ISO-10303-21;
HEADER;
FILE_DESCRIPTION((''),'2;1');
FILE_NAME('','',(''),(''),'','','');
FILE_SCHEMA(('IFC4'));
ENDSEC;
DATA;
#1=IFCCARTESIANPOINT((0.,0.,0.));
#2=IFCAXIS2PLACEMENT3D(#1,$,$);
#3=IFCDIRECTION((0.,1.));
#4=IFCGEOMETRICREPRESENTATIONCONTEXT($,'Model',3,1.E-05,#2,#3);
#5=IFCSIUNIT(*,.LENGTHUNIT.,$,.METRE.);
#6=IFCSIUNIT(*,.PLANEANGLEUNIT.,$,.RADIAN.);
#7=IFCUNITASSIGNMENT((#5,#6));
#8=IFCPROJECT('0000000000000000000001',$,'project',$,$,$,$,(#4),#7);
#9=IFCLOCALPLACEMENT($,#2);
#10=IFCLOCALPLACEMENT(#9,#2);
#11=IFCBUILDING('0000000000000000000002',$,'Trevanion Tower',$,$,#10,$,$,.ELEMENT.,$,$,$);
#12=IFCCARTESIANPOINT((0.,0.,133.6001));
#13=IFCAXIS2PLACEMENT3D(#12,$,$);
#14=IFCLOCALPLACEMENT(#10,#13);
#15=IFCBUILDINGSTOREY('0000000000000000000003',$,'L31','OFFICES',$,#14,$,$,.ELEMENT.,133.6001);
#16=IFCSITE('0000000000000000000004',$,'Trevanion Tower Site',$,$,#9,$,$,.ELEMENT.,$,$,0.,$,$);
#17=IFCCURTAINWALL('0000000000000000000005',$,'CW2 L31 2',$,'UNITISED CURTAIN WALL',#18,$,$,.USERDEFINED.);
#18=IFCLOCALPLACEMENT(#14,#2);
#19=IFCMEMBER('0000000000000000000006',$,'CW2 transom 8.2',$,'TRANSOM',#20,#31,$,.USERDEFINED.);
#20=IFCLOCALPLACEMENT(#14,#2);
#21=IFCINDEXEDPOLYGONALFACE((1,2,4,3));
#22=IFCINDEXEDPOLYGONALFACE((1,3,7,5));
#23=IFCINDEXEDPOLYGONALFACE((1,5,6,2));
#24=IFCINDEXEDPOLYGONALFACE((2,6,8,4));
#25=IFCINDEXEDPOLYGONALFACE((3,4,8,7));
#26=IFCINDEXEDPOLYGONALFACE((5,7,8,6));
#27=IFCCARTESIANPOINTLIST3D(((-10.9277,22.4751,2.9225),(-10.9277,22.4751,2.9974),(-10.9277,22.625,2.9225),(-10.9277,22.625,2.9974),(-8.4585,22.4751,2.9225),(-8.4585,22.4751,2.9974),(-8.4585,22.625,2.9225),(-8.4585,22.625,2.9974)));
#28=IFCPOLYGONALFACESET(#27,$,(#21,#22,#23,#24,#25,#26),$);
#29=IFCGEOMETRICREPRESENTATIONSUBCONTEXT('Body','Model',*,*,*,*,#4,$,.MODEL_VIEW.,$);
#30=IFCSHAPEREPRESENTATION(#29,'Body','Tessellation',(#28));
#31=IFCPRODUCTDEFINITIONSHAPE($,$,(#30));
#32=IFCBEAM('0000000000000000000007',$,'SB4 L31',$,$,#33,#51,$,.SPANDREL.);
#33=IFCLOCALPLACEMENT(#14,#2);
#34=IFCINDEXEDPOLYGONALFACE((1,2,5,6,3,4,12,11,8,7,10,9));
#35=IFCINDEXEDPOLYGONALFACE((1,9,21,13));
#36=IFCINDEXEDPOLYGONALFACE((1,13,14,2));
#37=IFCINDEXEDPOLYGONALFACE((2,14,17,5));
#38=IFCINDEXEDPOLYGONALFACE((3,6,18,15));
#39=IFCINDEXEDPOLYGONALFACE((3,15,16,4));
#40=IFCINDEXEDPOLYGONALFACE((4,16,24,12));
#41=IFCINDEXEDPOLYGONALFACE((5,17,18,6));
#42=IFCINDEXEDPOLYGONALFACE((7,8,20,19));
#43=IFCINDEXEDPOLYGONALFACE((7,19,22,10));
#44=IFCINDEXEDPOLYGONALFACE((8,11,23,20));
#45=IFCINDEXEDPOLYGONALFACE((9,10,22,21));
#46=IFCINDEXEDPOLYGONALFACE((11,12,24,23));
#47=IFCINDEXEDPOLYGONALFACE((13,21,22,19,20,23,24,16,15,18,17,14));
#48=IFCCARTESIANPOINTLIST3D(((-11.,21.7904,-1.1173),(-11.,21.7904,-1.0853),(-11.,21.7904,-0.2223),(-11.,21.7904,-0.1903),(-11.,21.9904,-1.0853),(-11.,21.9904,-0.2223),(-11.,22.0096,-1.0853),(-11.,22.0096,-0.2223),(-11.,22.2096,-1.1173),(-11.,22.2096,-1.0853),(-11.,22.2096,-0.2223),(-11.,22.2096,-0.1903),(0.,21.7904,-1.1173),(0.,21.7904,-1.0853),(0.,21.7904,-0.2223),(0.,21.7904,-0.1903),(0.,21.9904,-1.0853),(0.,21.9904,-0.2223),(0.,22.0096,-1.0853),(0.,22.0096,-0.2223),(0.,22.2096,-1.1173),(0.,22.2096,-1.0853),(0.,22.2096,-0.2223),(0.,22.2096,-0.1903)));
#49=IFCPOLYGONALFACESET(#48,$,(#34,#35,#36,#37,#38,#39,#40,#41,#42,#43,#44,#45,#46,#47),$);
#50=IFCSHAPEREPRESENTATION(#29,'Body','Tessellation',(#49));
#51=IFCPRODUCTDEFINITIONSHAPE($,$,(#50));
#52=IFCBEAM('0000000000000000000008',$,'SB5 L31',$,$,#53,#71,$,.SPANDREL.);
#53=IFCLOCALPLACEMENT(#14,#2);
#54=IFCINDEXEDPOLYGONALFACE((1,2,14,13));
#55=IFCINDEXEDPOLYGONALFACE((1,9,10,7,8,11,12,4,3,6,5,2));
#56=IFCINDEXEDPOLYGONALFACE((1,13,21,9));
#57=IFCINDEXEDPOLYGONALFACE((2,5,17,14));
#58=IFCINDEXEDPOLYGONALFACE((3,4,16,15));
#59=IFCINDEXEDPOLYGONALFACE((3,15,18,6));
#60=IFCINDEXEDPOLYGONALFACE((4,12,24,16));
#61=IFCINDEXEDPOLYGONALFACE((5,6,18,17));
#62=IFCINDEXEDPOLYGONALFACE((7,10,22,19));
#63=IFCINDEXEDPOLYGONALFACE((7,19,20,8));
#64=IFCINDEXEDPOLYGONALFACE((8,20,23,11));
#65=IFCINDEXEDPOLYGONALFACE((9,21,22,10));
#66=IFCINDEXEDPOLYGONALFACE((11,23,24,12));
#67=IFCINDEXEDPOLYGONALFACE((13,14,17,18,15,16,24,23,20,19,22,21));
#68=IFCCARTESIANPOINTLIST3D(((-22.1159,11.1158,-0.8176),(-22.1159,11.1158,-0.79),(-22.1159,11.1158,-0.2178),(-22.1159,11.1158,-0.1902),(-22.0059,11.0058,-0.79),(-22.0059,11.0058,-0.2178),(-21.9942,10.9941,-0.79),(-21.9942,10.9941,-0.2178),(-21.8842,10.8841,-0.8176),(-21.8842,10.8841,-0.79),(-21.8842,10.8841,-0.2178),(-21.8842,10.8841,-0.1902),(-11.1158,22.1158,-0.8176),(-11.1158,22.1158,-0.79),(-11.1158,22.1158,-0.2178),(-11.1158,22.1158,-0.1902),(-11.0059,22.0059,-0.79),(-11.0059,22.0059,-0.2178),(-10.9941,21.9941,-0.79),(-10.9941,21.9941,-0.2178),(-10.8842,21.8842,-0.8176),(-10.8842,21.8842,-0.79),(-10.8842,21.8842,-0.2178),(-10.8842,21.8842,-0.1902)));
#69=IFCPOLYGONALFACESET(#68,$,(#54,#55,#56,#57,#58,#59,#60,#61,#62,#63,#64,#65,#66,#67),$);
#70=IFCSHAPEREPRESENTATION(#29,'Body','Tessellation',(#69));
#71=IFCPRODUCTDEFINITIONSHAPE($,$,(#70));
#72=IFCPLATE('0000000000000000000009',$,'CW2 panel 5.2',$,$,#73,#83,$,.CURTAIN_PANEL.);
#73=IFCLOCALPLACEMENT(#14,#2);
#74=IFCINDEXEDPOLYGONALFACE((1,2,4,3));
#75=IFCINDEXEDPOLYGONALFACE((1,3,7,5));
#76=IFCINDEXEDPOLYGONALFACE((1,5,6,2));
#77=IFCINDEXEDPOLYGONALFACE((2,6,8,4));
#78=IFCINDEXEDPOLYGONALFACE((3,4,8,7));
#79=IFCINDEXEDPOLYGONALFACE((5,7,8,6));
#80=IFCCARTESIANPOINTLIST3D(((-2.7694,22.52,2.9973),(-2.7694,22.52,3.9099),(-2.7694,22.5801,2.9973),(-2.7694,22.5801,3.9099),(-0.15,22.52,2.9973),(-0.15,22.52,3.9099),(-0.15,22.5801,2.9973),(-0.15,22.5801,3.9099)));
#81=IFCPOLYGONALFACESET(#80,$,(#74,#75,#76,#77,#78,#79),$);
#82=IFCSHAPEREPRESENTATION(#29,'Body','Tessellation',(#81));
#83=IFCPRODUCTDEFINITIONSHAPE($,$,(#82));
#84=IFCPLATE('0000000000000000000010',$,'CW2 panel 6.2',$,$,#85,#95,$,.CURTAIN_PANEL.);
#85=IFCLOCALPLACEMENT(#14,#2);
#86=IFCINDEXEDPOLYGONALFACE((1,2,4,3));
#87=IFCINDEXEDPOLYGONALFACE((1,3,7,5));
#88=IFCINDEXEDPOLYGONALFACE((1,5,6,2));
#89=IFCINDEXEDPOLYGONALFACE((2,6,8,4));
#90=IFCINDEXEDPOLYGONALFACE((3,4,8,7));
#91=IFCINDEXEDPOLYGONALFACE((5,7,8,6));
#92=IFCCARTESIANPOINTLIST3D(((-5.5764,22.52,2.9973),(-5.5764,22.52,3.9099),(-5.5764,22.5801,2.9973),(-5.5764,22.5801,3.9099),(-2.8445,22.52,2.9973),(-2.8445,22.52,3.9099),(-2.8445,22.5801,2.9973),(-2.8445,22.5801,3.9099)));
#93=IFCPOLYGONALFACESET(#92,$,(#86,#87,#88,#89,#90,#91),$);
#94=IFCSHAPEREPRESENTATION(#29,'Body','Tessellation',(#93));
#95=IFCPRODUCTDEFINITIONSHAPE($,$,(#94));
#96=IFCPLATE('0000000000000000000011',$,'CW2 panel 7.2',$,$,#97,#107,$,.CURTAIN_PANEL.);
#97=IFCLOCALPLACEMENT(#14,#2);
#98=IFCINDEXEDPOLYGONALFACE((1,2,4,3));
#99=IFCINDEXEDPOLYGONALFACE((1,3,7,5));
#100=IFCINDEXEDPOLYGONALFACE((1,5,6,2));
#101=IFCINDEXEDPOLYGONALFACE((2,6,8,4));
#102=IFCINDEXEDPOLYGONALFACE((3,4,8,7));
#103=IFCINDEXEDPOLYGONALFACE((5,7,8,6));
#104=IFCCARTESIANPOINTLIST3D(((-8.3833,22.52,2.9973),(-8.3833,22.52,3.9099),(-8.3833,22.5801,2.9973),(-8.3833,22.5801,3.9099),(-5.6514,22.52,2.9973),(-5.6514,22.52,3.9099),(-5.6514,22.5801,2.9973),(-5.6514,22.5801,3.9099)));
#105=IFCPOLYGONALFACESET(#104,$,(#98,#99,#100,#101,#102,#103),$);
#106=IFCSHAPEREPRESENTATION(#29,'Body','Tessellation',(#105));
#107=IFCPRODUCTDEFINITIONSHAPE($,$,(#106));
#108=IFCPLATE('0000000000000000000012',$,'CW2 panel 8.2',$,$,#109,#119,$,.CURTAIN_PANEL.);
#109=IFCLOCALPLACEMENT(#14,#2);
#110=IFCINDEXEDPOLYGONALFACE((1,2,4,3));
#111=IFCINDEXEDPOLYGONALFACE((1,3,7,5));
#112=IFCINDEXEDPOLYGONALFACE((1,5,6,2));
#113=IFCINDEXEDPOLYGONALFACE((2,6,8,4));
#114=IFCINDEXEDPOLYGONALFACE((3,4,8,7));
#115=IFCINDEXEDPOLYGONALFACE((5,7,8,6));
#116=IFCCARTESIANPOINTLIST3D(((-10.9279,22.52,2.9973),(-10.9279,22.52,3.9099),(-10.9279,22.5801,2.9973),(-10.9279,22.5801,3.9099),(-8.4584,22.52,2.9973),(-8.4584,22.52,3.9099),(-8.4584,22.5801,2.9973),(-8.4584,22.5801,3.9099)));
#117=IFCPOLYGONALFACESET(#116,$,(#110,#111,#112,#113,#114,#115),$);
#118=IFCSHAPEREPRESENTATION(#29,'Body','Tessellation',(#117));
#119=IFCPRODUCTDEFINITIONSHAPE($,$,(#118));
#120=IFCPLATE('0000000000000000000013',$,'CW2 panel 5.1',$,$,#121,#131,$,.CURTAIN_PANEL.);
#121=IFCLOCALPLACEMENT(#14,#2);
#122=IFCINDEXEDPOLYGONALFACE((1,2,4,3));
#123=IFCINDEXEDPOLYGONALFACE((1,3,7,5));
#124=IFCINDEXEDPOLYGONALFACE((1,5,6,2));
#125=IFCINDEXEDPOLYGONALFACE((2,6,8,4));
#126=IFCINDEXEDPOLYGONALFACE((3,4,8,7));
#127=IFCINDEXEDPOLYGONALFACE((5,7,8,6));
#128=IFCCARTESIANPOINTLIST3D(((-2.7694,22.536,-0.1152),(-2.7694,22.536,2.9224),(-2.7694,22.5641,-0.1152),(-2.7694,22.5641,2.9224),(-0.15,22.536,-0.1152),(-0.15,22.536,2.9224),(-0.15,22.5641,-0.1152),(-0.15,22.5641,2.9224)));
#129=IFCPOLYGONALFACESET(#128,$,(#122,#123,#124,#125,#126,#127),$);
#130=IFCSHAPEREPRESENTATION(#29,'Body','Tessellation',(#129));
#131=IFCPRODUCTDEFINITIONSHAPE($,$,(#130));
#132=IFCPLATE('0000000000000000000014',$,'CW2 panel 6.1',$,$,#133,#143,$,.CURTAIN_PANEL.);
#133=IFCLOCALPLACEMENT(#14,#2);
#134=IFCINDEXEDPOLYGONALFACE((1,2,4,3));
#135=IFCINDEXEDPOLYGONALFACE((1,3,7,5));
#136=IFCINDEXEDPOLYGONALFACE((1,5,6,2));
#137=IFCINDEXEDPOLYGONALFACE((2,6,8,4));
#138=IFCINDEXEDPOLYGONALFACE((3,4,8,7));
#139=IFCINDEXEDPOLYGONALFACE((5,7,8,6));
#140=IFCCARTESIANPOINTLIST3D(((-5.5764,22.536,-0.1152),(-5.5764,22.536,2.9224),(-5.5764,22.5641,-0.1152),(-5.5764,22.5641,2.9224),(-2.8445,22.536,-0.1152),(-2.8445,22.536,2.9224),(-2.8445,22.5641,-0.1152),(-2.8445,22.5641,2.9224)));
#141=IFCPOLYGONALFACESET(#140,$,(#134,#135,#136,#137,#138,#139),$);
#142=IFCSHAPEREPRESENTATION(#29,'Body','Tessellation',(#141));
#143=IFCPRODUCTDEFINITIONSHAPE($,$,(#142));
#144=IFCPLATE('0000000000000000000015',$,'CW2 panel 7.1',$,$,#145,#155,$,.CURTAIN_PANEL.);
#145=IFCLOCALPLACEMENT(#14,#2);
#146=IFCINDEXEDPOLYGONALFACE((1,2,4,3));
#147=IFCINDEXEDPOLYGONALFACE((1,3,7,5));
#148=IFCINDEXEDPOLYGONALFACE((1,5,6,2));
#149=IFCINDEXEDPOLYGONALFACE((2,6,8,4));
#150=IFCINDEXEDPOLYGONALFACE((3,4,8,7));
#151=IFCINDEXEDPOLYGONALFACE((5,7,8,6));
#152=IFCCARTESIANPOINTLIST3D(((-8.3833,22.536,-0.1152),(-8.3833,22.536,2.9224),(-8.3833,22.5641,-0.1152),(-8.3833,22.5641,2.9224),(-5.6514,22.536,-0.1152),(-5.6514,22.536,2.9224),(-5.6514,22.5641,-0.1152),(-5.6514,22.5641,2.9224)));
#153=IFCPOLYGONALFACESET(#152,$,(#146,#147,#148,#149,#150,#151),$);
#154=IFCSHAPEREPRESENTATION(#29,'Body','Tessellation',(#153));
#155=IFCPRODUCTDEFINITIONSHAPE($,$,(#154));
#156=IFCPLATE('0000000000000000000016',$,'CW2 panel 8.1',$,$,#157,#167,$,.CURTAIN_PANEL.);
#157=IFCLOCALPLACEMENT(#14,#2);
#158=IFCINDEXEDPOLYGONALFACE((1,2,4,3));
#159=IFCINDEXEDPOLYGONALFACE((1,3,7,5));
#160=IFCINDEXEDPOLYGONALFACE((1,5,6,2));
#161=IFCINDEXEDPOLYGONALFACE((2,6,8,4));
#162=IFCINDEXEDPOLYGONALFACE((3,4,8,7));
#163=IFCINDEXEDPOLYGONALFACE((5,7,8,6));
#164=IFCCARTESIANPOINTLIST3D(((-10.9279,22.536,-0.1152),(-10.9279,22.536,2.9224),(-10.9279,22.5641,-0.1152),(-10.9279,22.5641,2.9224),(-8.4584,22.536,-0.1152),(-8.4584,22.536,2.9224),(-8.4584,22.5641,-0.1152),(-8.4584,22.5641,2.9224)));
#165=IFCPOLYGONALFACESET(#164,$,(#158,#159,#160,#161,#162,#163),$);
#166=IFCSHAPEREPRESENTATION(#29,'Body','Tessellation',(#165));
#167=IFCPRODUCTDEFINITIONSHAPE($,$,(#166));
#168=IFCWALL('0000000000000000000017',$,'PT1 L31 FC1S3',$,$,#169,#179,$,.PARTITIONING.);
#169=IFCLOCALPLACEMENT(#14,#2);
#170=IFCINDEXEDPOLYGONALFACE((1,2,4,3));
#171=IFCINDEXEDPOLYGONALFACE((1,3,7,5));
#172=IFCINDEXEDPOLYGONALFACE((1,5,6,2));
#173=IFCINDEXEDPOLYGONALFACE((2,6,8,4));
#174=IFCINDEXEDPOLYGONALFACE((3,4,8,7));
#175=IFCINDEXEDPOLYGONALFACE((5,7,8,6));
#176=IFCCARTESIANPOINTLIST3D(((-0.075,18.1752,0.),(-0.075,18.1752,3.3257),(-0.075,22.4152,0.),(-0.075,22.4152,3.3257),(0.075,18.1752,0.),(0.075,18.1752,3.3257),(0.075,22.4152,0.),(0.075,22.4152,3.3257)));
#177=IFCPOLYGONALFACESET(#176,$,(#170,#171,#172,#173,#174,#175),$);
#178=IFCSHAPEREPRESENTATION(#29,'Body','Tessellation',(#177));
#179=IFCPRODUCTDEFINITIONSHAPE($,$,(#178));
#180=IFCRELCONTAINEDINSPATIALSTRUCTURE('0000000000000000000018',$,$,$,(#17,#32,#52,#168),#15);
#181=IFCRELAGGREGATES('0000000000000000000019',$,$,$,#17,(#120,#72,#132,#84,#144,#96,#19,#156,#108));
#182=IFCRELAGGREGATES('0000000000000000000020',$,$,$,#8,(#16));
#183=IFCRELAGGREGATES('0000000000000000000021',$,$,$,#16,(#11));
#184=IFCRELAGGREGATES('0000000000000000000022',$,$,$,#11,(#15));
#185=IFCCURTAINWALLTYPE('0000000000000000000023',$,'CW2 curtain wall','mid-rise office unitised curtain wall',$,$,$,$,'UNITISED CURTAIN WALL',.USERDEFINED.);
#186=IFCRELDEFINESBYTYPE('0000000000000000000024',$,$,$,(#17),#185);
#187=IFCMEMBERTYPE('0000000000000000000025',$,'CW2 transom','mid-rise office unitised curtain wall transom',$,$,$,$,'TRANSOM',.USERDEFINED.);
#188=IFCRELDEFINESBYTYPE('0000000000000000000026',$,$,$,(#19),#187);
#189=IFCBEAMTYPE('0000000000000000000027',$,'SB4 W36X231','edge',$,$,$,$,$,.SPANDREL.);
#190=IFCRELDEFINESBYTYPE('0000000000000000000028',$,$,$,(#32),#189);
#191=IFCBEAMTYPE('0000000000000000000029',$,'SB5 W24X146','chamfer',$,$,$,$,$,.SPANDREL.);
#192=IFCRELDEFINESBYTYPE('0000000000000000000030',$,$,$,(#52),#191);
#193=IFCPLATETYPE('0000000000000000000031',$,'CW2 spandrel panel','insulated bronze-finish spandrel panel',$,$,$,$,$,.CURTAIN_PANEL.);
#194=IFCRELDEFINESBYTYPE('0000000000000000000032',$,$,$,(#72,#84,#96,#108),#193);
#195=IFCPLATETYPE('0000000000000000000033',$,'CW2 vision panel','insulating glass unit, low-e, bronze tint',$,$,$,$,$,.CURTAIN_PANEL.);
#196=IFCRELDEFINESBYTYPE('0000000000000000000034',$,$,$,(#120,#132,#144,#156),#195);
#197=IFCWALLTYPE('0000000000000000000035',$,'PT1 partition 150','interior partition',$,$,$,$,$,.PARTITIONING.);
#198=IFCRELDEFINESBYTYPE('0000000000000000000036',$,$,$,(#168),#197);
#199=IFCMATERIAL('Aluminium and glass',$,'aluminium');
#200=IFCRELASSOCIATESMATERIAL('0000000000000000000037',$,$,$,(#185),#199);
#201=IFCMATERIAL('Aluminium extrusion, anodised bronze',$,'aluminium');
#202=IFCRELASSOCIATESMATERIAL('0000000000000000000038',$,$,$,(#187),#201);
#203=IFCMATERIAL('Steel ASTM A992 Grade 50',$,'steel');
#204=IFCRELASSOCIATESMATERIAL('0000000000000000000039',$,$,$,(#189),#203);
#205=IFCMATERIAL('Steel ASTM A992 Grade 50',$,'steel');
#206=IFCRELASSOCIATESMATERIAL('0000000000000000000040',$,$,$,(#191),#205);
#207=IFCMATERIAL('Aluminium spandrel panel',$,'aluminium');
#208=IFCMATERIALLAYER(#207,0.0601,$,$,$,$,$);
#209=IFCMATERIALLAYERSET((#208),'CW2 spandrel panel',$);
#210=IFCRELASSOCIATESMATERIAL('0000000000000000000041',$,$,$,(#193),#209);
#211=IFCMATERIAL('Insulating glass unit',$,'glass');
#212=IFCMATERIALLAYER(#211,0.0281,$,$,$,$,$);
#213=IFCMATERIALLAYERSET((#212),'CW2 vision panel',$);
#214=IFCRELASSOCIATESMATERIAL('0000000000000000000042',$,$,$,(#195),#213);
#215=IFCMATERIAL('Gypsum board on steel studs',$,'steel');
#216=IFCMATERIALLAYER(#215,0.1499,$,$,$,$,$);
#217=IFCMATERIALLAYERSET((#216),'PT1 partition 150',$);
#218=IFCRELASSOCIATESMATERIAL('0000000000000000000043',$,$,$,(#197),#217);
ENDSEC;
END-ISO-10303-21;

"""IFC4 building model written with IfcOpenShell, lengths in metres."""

from ifc_helpers import new_model, si_unit, direction, frame, frame_2d, origin, origin_2d, place, context, subcontext, project, spatial, rectangle, i_section, extrude, material, layer, layer_set, material_profile, profile_set, type_object, element, aggregate, save


model = new_model("IFC4")

# Units and contexts
model_context = context("Model", 3, precision=1e-05, world=origin(), true_north=direction((0.0, 1.0)))
body_context = subcontext(model_context, "Body", "Model", "MODEL_VIEW")
ifc_project = project(units=[si_unit("LENGTHUNIT", "METRE"), si_unit("PLANEANGLEUNIT", "RADIAN")], contexts=[model_context])

# Site, building, storey
site_placement = place(None, origin())
site = spatial("IfcSite", under=ifc_project, at=site_placement, Name="Trevanion Tower Site", CompositionType="ELEMENT", RefElevation=0.0)
building_placement = place(site_placement, origin())
building = spatial("IfcBuilding", under=site, at=building_placement, Name="Trevanion Tower", CompositionType="ELEMENT")
storey_placement = place(building_placement, frame((0.0, 0.0, 133.6001)))
storey = spatial("IfcBuildingStorey", under=building, at=storey_placement, Name="L31", Description="OFFICES", CompositionType="ELEMENT", Elevation=133.6001)

# Curtain wall, member
ifc_material_1 = material(Name="Aluminium and glass", Category="aluminium")
curtain_wall_type = type_object("IfcCurtainWallType", Name="CW2 curtain wall", Description="mid-rise office unitised curtain wall", ElementType="UNITISED CURTAIN WALL", PredefinedType="USERDEFINED", material=ifc_material_1)
curtain_wall_placement = place(storey_placement, origin())
curtain_wall = element("IfcCurtainWall", 1, at=curtain_wall_placement, inside=storey, type_object=curtain_wall_type, Name="CW2 L31 2", ObjectType="UNITISED CURTAIN WALL", PredefinedType="USERDEFINED")
ifc_material_2 = material(Name="Aluminium extrusion, anodised bronze", Category="aluminium")
ifc_material_profile_1 = material_profile(ifc_material_2, rectangle(XDim=0.1499, YDim=0.075, at=origin_2d()), Name="CW2 transom")
ifc_profile_set_1 = profile_set([ifc_material_profile_1], Name="Aluminium extrusion, anodised bronze")
member_type_1 = type_object("IfcMemberType", Name="CW2 transom", Description="mid-rise office unitised curtain wall transom", ElementType="TRANSOM", PredefinedType="USERDEFINED", material=ifc_profile_set_1)
member_1_placement = place(storey_placement, frame((-8.4585, 22.55, 2.96), z_axis=(-1.0, 0.0, 0.0), x_axis=(0.0, -1.0, 0.0)))
member_1 = element("IfcMember", 2, at=member_1_placement, type_object=member_type_1, Name="CW2 transom 8.2", ObjectType="TRANSOM", PredefinedType="USERDEFINED", context=body_context, shape_type="SweptSolid", body=[
    extrude(rectangle(XDim=0.1499, YDim=0.075, at=origin_2d()), origin(), (0.0, 0.0, 1.0), 2.4692),
])

# Beams
ifc_material_3 = material(Name="Steel ASTM A992 Grade 50", Category="steel")
ifc_material_profile_2 = material_profile(ifc_material_3, i_section(OverallWidth=0.4192, OverallDepth=0.927, WebThickness=0.0193, FlangeThickness=0.032, at=origin_2d()), Name="W36X231")
ifc_profile_set_2 = profile_set([ifc_material_profile_2], Name="Steel ASTM A992 Grade 50")
beam_type_1 = type_object("IfcBeamType", Name="SB4 W36X231", Description="edge", PredefinedType="SPANDREL", material=ifc_profile_set_2)
beam_1_placement = place(storey_placement, frame((0.0, 22.0, -0.6538), z_axis=(-1.0, 0.0, 0.0), x_axis=(0.0, -1.0, 0.0)))
element("IfcBeam", 3, at=beam_1_placement, inside=storey, type_object=beam_type_1, Name="SB4 L31", PredefinedType="SPANDREL", context=body_context, shape_type="SweptSolid", body=[
    extrude(i_section(OverallWidth=0.4192, OverallDepth=0.927, WebThickness=0.0193, FlangeThickness=0.032, at=origin_2d()), origin(), (0.0, 0.0, 1.0), 11.0),
])
ifc_material_4 = material(Name="Steel ASTM A992 Grade 50", Category="steel")
ifc_material_profile_3 = material_profile(ifc_material_4, i_section(OverallWidth=0.3276, OverallDepth=0.6274, WebThickness=0.0166, FlangeThickness=0.0276, at=origin_2d()), Name="W24X146")
ifc_profile_set_3 = profile_set([ifc_material_profile_3], Name="Steel ASTM A992 Grade 50")
beam_type_2 = type_object("IfcBeamType", Name="SB5 W24X146", Description="chamfer", PredefinedType="SPANDREL", material=ifc_profile_set_3)
beam_2_placement = place(storey_placement, frame((-11.0, 22.0, -0.5039), z_axis=(-0.707107, -0.707107, 0.0), x_axis=(0.707107, -0.707107, 0.0)))
element("IfcBeam", 4, at=beam_2_placement, inside=storey, type_object=beam_type_2, Name="SB5 L31", PredefinedType="SPANDREL", context=body_context, shape_type="SweptSolid", body=[
    extrude(i_section(OverallWidth=0.3276, OverallDepth=0.6274, WebThickness=0.0166, FlangeThickness=0.0276, at=origin_2d()), origin(), (0.0, 0.0, 1.0), 15.5564),
])

# Plates
ifc_material_5 = material(Name="Aluminium spandrel panel", Category="aluminium")
ifc_layer_1 = layer(ifc_material_5, 0.0601)
ifc_layer_set_1 = layer_set([ifc_layer_1], Name="CW2 spandrel panel")
plate_type_1 = type_object("IfcPlateType", Name="CW2 spandrel panel", Description="insulated bronze-finish spandrel panel", PredefinedType="CURTAIN_PANEL", material=ifc_layer_set_1)
plate_1_placement = place(storey_placement, frame((-1.4597, 22.55, 2.9973), z_axis=(0.0, 0.0, 1.0), x_axis=(-1.0, 0.0, 0.0)))
plate_1 = element("IfcPlate", 5, at=plate_1_placement, type_object=plate_type_1, Name="CW2 panel 5.2", PredefinedType="CURTAIN_PANEL", context=body_context, shape_type="SweptSolid", body=[
    extrude(rectangle(XDim=2.6194, YDim=0.0601, at=origin_2d()), origin(), (0.0, 0.0, 1.0), 0.9126),
])
plate_2_placement = place(storey_placement, frame((-4.2104, 22.55, 2.9973), z_axis=(0.0, 0.0, 1.0), x_axis=(-1.0, 0.0, 0.0)))
plate_2 = element("IfcPlate", 6, at=plate_2_placement, type_object=plate_type_1, Name="CW2 panel 6.2", PredefinedType="CURTAIN_PANEL", context=body_context, shape_type="SweptSolid", body=[
    extrude(rectangle(XDim=2.7319, YDim=0.0601, at=origin_2d()), origin(), (0.0, 0.0, 1.0), 0.9126),
])
plate_3_placement = place(storey_placement, frame((-7.0173, 22.55, 2.9973), z_axis=(0.0, 0.0, 1.0), x_axis=(-1.0, 0.0, 0.0)))
plate_3 = element("IfcPlate", 7, at=plate_3_placement, type_object=plate_type_1, Name="CW2 panel 7.2", PredefinedType="CURTAIN_PANEL", context=body_context, shape_type="SweptSolid", body=[
    extrude(rectangle(XDim=2.7319, YDim=0.0601, at=origin_2d()), origin(), (0.0, 0.0, 1.0), 0.9126),
])
plate_4_placement = place(storey_placement, frame((-9.6931, 22.55, 2.9973), z_axis=(0.0, 0.0, 1.0), x_axis=(-1.0, 0.0, 0.0)))
plate_4 = element("IfcPlate", 8, at=plate_4_placement, type_object=plate_type_1, Name="CW2 panel 8.2", PredefinedType="CURTAIN_PANEL", context=body_context, shape_type="SweptSolid", body=[
    extrude(rectangle(XDim=2.4695, YDim=0.0601, at=origin_2d()), origin(), (0.0, 0.0, 1.0), 0.9126),
])
ifc_material_6 = material(Name="Insulating glass unit", Category="glass")
ifc_layer_2 = layer(ifc_material_6, 0.0281)
ifc_layer_set_2 = layer_set([ifc_layer_2], Name="CW2 vision panel")
plate_type_2 = type_object("IfcPlateType", Name="CW2 vision panel", Description="insulating glass unit, low-e, bronze tint", PredefinedType="CURTAIN_PANEL", material=ifc_layer_set_2)
plate_5_placement = place(storey_placement, frame((-1.4597, 22.55, -0.1152), z_axis=(0.0, 0.0, 1.0), x_axis=(-1.0, 0.0, 0.0)))
plate_5 = element("IfcPlate", 9, at=plate_5_placement, type_object=plate_type_2, Name="CW2 panel 5.1", PredefinedType="CURTAIN_PANEL", context=body_context, shape_type="SweptSolid", body=[
    extrude(rectangle(XDim=2.6194, YDim=0.0281, at=origin_2d()), origin(), (0.0, 0.0, 1.0), 3.0376),
])
plate_6_placement = place(storey_placement, frame((-4.2104, 22.55, -0.1152), z_axis=(0.0, 0.0, 1.0), x_axis=(-1.0, 0.0, 0.0)))
plate_6 = element("IfcPlate", 10, at=plate_6_placement, type_object=plate_type_2, Name="CW2 panel 6.1", PredefinedType="CURTAIN_PANEL", context=body_context, shape_type="SweptSolid", body=[
    extrude(rectangle(XDim=2.7319, YDim=0.0281, at=origin_2d()), origin(), (0.0, 0.0, 1.0), 3.0376),
])
plate_7_placement = place(storey_placement, frame((-7.0173, 22.55, -0.1152), z_axis=(0.0, 0.0, 1.0), x_axis=(-1.0, 0.0, 0.0)))
plate_7 = element("IfcPlate", 11, at=plate_7_placement, type_object=plate_type_2, Name="CW2 panel 7.1", PredefinedType="CURTAIN_PANEL", context=body_context, shape_type="SweptSolid", body=[
    extrude(rectangle(XDim=2.7319, YDim=0.0281, at=origin_2d()), origin(), (0.0, 0.0, 1.0), 3.0376),
])
plate_8_placement = place(storey_placement, frame((-9.6931, 22.55, -0.1152), z_axis=(0.0, 0.0, 1.0), x_axis=(-1.0, 0.0, 0.0)))
plate_8 = element("IfcPlate", 12, at=plate_8_placement, type_object=plate_type_2, Name="CW2 panel 8.1", PredefinedType="CURTAIN_PANEL", context=body_context, shape_type="SweptSolid", body=[
    extrude(rectangle(XDim=2.4695, YDim=0.0281, at=origin_2d()), origin(), (0.0, 0.0, 1.0), 3.0376),
])
aggregate(curtain_wall, [plate_5, plate_1, plate_6, plate_2, plate_7, plate_3, member_1, plate_8, plate_4])

# Wall
ifc_material_7 = material(Name="Gypsum board on steel studs", Category="steel")
ifc_layer_3 = layer(ifc_material_7, 0.1499)
ifc_layer_set_3 = layer_set([ifc_layer_3], Name="PT1 partition 150")
wall_type_1 = type_object("IfcWallType", Name="PT1 partition 150", Description="interior partition", PredefinedType="PARTITIONING", material=ifc_layer_set_3)
wall_1_placement = place(storey_placement, frame((0.0, 18.175, 0.0), z_axis=(0.0, 0.0, 1.0), x_axis=(0.0, 1.0, 0.0)))
element("IfcWall", 13, at=wall_1_placement, inside=storey, type_object=wall_type_1, Name="PT1 L31 FC1S3", PredefinedType="PARTITIONING", context=body_context, shape_type="SweptSolid", body=[
    extrude(rectangle(XDim=4.24, YDim=0.1499, at=frame_2d((2.1201, 0.0))), origin(), (0.0, 0.0, 1.0), 3.3257),
])

save(model, "model.ifc")
